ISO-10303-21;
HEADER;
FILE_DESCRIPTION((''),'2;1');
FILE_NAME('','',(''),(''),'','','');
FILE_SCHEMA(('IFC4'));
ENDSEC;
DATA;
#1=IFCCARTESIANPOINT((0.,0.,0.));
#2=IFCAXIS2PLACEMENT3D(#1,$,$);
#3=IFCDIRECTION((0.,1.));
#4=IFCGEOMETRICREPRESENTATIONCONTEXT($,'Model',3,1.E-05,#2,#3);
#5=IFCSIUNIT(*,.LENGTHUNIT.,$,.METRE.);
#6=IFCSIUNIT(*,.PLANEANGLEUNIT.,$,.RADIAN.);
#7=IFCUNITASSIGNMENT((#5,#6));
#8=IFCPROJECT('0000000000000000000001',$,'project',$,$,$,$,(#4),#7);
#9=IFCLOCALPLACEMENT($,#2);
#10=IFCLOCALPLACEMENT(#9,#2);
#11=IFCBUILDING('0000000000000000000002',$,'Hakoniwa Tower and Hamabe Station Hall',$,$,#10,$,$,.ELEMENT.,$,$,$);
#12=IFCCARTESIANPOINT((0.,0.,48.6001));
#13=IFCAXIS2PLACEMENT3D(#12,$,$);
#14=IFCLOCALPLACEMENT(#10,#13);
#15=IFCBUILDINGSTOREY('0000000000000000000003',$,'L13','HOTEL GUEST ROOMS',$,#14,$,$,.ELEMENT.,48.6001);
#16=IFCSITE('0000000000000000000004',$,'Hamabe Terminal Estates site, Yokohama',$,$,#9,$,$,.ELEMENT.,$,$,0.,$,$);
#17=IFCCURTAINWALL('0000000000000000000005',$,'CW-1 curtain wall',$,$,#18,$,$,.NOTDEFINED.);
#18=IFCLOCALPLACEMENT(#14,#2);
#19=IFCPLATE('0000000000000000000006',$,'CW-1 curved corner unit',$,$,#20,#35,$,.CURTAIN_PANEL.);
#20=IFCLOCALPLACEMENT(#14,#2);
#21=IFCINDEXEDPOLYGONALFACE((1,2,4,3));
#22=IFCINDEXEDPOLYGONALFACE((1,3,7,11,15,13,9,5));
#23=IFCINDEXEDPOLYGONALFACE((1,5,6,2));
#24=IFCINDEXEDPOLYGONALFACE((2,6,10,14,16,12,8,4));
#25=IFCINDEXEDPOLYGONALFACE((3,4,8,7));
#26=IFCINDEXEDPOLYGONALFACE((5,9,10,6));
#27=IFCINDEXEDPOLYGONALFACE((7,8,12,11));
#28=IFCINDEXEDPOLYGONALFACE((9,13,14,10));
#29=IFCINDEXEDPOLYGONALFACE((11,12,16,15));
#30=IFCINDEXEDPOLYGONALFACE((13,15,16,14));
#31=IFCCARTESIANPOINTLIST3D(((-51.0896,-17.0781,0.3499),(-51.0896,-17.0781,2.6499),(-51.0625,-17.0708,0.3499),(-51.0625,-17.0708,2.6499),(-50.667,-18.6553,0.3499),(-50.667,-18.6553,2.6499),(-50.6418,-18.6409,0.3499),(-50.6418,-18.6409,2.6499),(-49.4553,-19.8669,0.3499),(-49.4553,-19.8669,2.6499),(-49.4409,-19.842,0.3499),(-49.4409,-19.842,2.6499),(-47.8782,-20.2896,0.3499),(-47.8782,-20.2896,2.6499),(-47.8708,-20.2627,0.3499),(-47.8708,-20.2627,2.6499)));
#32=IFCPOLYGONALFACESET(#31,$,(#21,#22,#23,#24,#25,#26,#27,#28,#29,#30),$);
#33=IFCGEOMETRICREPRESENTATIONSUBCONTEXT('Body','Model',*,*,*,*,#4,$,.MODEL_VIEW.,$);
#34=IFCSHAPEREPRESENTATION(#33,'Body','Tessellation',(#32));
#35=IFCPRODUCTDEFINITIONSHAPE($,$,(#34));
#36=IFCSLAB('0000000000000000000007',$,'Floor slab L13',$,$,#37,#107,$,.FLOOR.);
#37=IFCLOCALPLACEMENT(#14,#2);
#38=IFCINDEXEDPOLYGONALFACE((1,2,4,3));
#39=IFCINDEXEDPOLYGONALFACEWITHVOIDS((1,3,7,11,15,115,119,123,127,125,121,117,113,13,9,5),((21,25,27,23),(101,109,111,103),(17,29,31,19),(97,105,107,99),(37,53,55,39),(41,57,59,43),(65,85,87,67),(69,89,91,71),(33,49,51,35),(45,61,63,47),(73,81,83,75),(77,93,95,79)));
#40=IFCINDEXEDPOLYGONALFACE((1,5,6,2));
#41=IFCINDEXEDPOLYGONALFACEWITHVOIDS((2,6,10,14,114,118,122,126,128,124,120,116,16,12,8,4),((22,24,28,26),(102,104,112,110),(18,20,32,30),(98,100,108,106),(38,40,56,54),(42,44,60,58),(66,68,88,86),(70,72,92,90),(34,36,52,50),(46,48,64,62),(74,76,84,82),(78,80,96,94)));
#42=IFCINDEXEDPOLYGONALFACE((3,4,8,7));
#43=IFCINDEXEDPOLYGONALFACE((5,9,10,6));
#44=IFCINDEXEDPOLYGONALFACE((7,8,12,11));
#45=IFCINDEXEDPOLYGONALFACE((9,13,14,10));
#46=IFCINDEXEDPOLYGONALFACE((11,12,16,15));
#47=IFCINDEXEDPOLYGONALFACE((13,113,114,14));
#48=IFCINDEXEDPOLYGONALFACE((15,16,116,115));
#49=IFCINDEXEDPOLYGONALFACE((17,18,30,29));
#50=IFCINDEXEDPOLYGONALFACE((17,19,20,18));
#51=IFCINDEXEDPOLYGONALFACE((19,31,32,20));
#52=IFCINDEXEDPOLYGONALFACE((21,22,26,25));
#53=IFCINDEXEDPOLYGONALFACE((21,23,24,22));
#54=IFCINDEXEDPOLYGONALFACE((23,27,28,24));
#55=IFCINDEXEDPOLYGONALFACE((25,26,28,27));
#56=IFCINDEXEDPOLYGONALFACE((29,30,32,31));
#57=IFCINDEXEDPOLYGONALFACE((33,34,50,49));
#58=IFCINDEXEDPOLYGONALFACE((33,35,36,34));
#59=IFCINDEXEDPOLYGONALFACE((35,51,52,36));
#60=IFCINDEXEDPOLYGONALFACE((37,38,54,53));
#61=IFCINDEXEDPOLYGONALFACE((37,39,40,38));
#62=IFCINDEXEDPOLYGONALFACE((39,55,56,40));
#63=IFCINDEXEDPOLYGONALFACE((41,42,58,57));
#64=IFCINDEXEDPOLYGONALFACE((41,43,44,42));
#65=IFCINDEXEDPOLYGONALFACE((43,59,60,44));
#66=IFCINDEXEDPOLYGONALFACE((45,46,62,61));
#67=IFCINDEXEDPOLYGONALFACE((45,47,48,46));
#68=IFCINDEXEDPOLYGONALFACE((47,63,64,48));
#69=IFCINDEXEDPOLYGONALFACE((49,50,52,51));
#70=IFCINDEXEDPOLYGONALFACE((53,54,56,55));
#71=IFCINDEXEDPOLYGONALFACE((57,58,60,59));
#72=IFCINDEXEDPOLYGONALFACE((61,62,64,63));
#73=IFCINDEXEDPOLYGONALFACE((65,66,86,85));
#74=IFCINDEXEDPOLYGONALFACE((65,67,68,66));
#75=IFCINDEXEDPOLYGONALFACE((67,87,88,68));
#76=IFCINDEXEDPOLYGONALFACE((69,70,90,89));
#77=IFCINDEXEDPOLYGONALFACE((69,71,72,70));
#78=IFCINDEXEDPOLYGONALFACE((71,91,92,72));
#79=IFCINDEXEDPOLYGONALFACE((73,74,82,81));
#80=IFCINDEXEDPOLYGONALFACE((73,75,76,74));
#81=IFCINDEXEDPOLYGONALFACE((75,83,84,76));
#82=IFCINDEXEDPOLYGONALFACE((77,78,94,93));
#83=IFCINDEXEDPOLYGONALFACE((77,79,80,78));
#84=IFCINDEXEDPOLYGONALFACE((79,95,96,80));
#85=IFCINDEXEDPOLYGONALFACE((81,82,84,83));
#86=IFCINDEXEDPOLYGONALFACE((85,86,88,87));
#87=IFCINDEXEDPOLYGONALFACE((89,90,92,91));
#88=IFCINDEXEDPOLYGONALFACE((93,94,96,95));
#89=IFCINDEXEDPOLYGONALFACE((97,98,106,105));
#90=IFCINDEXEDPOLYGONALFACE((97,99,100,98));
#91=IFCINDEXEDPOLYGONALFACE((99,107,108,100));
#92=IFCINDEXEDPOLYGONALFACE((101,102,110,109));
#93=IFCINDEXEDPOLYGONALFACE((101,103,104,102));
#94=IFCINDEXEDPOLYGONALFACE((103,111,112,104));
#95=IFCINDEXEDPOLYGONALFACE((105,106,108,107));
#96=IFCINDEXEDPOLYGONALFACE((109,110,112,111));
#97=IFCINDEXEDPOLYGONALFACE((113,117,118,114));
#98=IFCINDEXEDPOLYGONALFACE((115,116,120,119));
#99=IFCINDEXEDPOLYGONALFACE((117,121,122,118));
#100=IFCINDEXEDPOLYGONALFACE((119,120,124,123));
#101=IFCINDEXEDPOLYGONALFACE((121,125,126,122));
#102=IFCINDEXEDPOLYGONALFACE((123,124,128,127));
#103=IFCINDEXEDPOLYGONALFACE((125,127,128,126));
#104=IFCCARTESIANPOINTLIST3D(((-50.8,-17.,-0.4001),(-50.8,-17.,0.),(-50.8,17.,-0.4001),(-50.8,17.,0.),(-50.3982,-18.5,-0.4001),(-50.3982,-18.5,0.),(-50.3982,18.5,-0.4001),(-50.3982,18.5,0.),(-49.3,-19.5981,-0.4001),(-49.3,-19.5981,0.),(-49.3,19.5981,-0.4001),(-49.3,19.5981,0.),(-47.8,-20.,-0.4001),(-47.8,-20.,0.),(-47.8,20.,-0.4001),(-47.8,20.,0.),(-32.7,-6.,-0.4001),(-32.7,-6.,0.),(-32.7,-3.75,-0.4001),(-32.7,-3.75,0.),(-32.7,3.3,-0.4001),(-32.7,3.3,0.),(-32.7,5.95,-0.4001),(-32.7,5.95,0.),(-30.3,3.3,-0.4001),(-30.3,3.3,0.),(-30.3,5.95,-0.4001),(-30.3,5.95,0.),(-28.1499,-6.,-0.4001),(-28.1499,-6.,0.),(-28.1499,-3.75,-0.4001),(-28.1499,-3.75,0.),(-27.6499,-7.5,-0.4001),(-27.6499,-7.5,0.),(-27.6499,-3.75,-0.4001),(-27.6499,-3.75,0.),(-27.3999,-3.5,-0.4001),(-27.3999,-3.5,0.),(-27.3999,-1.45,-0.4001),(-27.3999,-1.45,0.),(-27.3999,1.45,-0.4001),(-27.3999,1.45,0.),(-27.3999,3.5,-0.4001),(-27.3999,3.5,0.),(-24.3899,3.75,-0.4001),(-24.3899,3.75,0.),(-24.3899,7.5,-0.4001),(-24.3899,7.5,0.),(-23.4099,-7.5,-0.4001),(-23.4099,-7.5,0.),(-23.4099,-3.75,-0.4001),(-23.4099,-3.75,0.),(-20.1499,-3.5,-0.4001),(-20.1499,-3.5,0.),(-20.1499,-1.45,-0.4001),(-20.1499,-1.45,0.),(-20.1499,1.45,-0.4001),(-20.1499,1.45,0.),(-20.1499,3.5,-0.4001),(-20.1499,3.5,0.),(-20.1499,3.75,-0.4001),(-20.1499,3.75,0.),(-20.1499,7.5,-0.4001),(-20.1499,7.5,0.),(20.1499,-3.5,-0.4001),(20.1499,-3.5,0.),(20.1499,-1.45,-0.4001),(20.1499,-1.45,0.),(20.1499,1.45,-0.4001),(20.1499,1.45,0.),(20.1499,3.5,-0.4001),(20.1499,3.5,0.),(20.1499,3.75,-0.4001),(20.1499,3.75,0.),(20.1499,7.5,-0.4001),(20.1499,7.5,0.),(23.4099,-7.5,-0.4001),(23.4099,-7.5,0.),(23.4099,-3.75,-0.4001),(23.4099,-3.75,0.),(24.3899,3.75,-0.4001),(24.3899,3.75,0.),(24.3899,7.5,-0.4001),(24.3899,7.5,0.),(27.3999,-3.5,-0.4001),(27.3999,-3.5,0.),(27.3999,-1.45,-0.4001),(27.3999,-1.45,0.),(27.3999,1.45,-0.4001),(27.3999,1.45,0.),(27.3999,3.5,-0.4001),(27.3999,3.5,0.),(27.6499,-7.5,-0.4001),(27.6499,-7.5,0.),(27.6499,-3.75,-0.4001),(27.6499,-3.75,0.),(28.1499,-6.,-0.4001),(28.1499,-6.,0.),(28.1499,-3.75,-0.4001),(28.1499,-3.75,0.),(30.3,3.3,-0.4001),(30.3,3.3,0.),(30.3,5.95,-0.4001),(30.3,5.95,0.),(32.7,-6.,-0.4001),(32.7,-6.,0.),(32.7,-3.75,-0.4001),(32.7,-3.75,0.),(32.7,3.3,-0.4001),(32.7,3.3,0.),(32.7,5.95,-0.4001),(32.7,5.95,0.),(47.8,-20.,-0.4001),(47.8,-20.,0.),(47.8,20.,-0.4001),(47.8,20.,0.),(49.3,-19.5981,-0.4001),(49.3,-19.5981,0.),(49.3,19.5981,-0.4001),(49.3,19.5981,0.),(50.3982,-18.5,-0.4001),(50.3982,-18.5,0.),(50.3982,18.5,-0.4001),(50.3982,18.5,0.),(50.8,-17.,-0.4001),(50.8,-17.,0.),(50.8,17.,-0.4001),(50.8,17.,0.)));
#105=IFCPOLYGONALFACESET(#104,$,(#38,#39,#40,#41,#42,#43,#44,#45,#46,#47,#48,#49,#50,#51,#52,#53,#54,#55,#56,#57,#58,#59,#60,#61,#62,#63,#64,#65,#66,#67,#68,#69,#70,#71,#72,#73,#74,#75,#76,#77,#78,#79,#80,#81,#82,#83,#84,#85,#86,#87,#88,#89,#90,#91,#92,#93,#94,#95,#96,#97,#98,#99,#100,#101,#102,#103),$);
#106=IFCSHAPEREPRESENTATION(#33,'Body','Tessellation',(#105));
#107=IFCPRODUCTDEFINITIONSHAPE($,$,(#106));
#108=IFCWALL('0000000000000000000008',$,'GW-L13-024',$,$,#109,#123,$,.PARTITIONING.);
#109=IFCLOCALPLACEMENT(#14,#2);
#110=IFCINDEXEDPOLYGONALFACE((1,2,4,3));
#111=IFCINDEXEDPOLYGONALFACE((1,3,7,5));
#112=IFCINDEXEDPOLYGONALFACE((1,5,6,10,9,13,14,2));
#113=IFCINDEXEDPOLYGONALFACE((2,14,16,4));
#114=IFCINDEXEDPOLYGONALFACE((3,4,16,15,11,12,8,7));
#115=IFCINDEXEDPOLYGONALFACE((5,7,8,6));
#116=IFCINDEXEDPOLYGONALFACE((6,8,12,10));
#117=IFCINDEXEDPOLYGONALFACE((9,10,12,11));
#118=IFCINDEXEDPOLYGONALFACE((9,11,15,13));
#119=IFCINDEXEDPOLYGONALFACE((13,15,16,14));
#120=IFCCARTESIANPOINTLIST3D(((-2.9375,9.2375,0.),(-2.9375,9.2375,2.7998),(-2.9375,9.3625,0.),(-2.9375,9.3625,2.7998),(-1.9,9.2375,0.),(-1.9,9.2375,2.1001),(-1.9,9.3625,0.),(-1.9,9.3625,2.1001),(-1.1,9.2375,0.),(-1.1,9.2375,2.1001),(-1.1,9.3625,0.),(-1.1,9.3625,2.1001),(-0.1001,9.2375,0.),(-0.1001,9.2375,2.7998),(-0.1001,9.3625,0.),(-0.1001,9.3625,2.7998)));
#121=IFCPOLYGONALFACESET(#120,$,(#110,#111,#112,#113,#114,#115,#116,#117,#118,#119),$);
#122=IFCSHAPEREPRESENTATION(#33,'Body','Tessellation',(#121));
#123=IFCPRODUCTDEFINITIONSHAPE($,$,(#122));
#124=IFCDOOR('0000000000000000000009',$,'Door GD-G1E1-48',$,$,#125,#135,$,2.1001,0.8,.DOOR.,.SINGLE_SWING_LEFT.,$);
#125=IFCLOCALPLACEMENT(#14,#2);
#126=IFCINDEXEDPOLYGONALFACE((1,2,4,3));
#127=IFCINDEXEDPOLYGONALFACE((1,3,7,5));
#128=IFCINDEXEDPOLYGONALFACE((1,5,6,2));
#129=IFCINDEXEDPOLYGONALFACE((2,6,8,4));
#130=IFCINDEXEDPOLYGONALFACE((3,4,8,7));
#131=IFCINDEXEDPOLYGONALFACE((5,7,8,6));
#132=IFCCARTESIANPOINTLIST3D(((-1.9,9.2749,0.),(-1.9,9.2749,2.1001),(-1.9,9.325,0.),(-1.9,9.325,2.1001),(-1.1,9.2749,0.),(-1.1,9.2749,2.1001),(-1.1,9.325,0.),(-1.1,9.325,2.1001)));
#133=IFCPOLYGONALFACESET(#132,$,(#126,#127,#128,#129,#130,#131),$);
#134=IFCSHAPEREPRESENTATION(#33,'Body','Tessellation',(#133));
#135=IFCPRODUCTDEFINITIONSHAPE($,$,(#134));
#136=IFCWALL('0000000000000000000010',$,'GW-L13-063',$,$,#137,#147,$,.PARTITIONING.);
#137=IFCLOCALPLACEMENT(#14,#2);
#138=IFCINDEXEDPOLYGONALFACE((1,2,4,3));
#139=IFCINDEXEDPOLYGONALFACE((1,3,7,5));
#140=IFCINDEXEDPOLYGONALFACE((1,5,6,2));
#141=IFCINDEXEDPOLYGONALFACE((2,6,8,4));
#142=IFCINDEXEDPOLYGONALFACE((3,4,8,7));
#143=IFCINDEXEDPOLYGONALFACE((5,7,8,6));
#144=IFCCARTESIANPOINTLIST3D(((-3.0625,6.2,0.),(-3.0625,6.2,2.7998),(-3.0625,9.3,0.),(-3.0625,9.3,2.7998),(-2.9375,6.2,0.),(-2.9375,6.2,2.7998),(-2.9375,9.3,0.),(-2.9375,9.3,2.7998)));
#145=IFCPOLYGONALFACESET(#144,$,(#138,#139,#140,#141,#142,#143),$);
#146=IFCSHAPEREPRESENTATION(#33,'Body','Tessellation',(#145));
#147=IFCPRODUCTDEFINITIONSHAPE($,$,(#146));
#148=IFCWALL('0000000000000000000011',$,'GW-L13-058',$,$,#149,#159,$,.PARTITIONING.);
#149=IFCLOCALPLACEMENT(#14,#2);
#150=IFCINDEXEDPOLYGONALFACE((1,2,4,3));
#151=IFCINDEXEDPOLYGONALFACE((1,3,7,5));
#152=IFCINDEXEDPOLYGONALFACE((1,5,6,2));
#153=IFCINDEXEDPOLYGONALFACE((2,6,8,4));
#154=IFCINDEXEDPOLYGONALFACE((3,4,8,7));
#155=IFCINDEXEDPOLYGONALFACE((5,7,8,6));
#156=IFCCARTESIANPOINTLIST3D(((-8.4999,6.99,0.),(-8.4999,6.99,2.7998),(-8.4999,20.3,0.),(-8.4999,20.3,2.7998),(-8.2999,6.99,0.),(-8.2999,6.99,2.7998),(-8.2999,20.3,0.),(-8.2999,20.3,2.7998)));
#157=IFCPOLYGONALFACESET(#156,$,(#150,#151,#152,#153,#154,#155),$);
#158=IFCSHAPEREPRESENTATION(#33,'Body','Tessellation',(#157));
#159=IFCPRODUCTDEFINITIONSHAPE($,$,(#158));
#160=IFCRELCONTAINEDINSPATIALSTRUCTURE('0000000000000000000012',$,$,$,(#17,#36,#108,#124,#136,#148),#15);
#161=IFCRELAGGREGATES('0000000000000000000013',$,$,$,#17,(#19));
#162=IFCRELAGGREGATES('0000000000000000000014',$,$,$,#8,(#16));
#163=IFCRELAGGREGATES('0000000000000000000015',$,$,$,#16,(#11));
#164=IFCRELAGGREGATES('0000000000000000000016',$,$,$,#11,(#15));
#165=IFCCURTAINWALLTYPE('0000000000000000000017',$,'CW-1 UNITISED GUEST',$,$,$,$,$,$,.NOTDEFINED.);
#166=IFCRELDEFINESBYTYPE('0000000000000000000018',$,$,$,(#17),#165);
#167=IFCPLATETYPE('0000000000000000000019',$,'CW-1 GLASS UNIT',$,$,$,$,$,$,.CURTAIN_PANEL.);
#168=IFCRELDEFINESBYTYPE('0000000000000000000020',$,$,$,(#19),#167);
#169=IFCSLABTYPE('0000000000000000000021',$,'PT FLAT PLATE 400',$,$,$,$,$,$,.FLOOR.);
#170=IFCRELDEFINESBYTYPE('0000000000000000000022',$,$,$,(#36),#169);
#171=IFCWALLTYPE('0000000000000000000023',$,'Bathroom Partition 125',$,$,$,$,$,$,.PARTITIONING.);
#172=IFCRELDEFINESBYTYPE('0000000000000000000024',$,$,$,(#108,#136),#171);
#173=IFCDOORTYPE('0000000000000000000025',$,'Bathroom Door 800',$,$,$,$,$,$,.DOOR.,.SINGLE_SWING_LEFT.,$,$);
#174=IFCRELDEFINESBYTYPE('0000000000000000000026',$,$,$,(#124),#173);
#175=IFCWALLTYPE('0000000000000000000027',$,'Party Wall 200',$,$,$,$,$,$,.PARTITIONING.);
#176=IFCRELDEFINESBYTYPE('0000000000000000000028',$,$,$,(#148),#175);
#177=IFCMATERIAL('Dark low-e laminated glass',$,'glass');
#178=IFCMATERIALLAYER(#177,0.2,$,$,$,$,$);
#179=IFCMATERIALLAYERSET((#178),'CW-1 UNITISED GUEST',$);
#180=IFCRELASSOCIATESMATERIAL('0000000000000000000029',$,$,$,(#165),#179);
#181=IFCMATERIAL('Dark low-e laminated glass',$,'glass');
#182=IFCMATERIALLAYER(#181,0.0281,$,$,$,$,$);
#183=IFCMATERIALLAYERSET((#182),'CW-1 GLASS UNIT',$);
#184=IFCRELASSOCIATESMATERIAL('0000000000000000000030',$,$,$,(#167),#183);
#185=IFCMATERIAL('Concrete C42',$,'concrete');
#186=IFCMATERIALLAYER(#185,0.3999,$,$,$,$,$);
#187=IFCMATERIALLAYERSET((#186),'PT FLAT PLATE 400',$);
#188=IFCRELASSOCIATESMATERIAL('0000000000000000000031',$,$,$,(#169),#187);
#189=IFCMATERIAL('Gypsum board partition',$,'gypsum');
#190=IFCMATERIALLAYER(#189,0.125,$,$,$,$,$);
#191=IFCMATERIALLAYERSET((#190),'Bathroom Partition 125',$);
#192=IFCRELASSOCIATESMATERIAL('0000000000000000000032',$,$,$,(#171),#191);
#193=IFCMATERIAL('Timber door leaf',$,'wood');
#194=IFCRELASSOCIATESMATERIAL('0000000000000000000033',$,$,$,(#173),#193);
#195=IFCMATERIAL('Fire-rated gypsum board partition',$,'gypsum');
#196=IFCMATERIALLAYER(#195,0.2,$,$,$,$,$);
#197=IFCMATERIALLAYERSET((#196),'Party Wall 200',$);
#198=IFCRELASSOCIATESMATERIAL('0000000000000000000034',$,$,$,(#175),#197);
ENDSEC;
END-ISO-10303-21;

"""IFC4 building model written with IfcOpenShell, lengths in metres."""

from ifc_helpers import new_model, si_unit, direction, frame, frame_2d, origin, place, context, subcontext, project, spatial, polyline, rectangle, outline, extrude, material, layer, layer_set, type_object, element, fill, aggregate, save


model = new_model("IFC4")

# Units and contexts
model_context = context("Model", 3, precision=1e-05, world=origin(), true_north=direction((0.0, 1.0)))
body_context = subcontext(model_context, "Body", "Model", "MODEL_VIEW")
ifc_project = project(units=[si_unit("LENGTHUNIT", "METRE"), si_unit("PLANEANGLEUNIT", "RADIAN")], contexts=[model_context])

# Site, building, storey
site_placement = place(None, origin())
site = spatial("IfcSite", under=ifc_project, at=site_placement, Name="Hamabe Terminal Estates site, Yokohama", CompositionType="ELEMENT", RefElevation=0.0)
building_placement = place(site_placement, origin())
building = spatial("IfcBuilding", under=site, at=building_placement, Name="Hakoniwa Tower and Hamabe Station Hall", CompositionType="ELEMENT")
storey_placement = place(building_placement, frame((0.0, 0.0, 48.6001)))
storey = spatial("IfcBuildingStorey", under=building, at=storey_placement, Name="L13", Description="HOTEL GUEST ROOMS", CompositionType="ELEMENT", Elevation=48.6001)

# Curtain wall
ifc_material_1 = material(Name="Dark low-e laminated glass", Category="glass")
ifc_layer_1 = layer(ifc_material_1, 0.2)
ifc_layer_set_1 = layer_set([ifc_layer_1], Name="CW-1 UNITISED GUEST")
curtain_wall_type = type_object("IfcCurtainWallType", Name="CW-1 UNITISED GUEST", PredefinedType="NOTDEFINED", material=ifc_layer_set_1)
curtain_wall_1_placement = place(storey_placement, origin())
curtain_wall_1 = element("IfcCurtainWall", 1, at=curtain_wall_1_placement, inside=storey, type_object=curtain_wall_type, Name="CW-1 curtain wall", PredefinedType="NOTDEFINED")

# Plate
ifc_material_2 = material(Name="Dark low-e laminated glass", Category="glass")
ifc_layer_2 = layer(ifc_material_2, 0.0281)
ifc_layer_set_2 = layer_set([ifc_layer_2], Name="CW-1 GLASS UNIT")
plate_type = type_object("IfcPlateType", Name="CW-1 GLASS UNIT", PredefinedType="CURTAIN_PANEL", material=ifc_layer_set_2)
plate_1_placement = place(storey_placement, frame((0.0, 0.0, 0.3499)))
plate_1 = element("IfcPlate", 2, at=plate_1_placement, type_object=plate_type, Name="CW-1 curved corner unit", PredefinedType="CURTAIN_PANEL", context=body_context, shape_type="SweptSolid", body=[
    extrude(outline(polyline([(-51.0896, -17.0781), (-50.667, -18.6553), (-49.4553, -19.8669), (-47.8782, -20.2896), (-47.8708, -20.2627), (-49.4409, -19.842), (-50.6418, -18.6409), (-51.0625, -17.0708), (-51.0896, -17.0781)])), origin(), (0.0, 0.0, 1.0), 2.3),
])
aggregate(curtain_wall_1, [plate_1])

# Slab
ifc_material_3 = material(Name="Concrete C42", Category="concrete")
ifc_layer_3 = layer(ifc_material_3, 0.3999)
ifc_layer_set_3 = layer_set([ifc_layer_3], Name="PT FLAT PLATE 400")
slab_type = type_object("IfcSlabType", Name="PT FLAT PLATE 400", PredefinedType="FLOOR", material=ifc_layer_set_3)
slab_placement = place(storey_placement, frame((0.0, 0.0, -0.4001)))
element("IfcSlab", 3, at=slab_placement, inside=storey, type_object=slab_type, Name="Floor slab L13", PredefinedType="FLOOR", context=body_context, shape_type="SweptSolid", body=[
    extrude(outline(polyline([(50.8, -17.0), (50.8, 17.0), (50.3982, 18.5), (49.3, 19.5981), (47.8, 20.0), (-47.8, 20.0), (-49.3, 19.5981), (-50.3982, 18.5), (-50.8, 17.0), (-50.8, -17.0), (-50.3982, -18.5), (-49.3, -19.5981), (-47.8, -20.0), (47.8, -20.0), (49.3, -19.5981), (50.3982, -18.5), (50.8, -17.0)]), holes=[polyline([(-27.3999, 1.45), (-27.3999, 3.5), (-20.1499, 3.5), (-20.1499, 1.45), (-27.3999, 1.45)]), polyline([(-27.3999, -3.5), (-27.3999, -1.45), (-20.1499, -1.45), (-20.1499, -3.5), (-27.3999, -3.5)]), polyline([(-32.7, 3.3), (-32.7, 5.95), (-30.3, 5.95), (-30.3, 3.3), (-32.7, 3.3)]), polyline([(-32.7, -6.0), (-32.7, -3.75), (-28.1499, -3.75), (-28.1499, -6.0), (-32.7, -6.0)]), polyline([(-24.3899, 3.75), (-24.3899, 7.5), (-20.1499, 7.5), (-20.1499, 3.75), (-24.3899, 3.75)]), polyline([(-27.6499, -7.5), (-27.6499, -3.75), (-23.4099, -3.75), (-23.4099, -7.5), (-27.6499, -7.5)]), polyline([(20.1499, 1.45), (20.1499, 3.5), (27.3999, 3.5), (27.3999, 1.45), (20.1499, 1.45)]), polyline([(20.1499, -3.5), (20.1499, -1.45), (27.3999, -1.45), (27.3999, -3.5), (20.1499, -3.5)]), polyline([(30.3, 3.3), (30.3, 5.95), (32.7, 5.95), (32.7, 3.3), (30.3, 3.3)]), polyline([(28.1499, -6.0), (28.1499, -3.75), (32.7, -3.75), (32.7, -6.0), (28.1499, -6.0)]), polyline([(20.1499, 3.75), (20.1499, 7.5), (24.3899, 7.5), (24.3899, 3.75), (20.1499, 3.75)]), polyline([(23.4099, -7.5), (23.4099, -3.75), (27.6499, -3.75), (27.6499, -7.5), (23.4099, -7.5)])]), origin(), (0.0, 0.0, 1.0), 0.4001),
])

# Wall, opening, door
ifc_material_4 = material(Name="Gypsum board partition", Category="gypsum")
ifc_layer_4 = layer(ifc_material_4, 0.125)
ifc_layer_set_4 = layer_set([ifc_layer_4], Name="Bathroom Partition 125")
wall_type_1 = type_object("IfcWallType", Name="Bathroom Partition 125", PredefinedType="PARTITIONING", material=ifc_layer_set_4)
wall_1_placement = place(storey_placement, frame((-2.9375, 9.3, 0.0), z_axis=(0.0, 0.0, 1.0), x_axis=(1.0, 0.0, 0.0)))
wall_1 = element("IfcWall", 4, at=wall_1_placement, inside=storey, type_object=wall_type_1, Name="GW-L13-024", PredefinedType="PARTITIONING", context=body_context, shape_type="SweptSolid", body=[
    extrude(rectangle(XDim=2.8374, YDim=0.125, at=frame_2d((1.4187, 0.0))), origin(), (0.0, 0.0, 1.0), 2.7998),
])
opening_1_placement = place(wall_1_placement, frame((1.0376, 0.0, 0.0)))
opening_1 = element("IfcOpeningElement", 5, at=opening_1_placement, cuts=wall_1, PredefinedType="OPENING", context=body_context, shape_type="SweptSolid", body=[
    extrude(rectangle(XDim=0.8, YDim=2.1001, at=frame_2d((0.3999, 1.05))), frame((0.0, 0.0725, 0.0), z_axis=(0.0, -1.0, 0.0), x_axis=(1.0, 0.0, 0.0)), (0.0, 0.0, 1.0), 0.145),
])
ifc_material_5 = material(Name="Timber door leaf", Category="wood")
door_type_1 = type_object("IfcDoorType", Name="Bathroom Door 800", OperationType="SINGLE_SWING_LEFT", PredefinedType="DOOR", material=ifc_material_5)
door_1_placement = place(opening_1_placement, origin())
door_1 = element("IfcDoor", 6, at=door_1_placement, inside=storey, type_object=door_type_1, Name="Door GD-G1E1-48", OperationType="SINGLE_SWING_LEFT", OverallHeight=2.1001, OverallWidth=0.8, PredefinedType="DOOR", context=body_context, shape_type="SweptSolid", body=[
    extrude(rectangle(XDim=0.8, YDim=2.1001, at=frame_2d((0.3999, 1.05))), frame((0.0, 0.0249, 0.0), z_axis=(0.0, -1.0, 0.0), x_axis=(1.0, 0.0, 0.0)), (0.0, 0.0, 1.0), 0.05),
])
fill(opening_1, door_1)

# Walls
wall_2_placement = place(storey_placement, frame((-3.0, 6.2, 0.0), z_axis=(0.0, 0.0, 1.0), x_axis=(0.0, 1.0, 0.0)))
element("IfcWall", 7, at=wall_2_placement, inside=storey, type_object=wall_type_1, Name="GW-L13-063", PredefinedType="PARTITIONING", context=body_context, shape_type="SweptSolid", body=[
    extrude(rectangle(XDim=3.1001, YDim=0.125, at=frame_2d((1.55, 0.0))), origin(), (0.0, 0.0, 1.0), 2.7998),
])
ifc_material_6 = material(Name="Fire-rated gypsum board partition", Category="gypsum")
ifc_layer_5 = layer(ifc_material_6, 0.2)
ifc_layer_set_5 = layer_set([ifc_layer_5], Name="Party Wall 200")
wall_type_2 = type_object("IfcWallType", Name="Party Wall 200", PredefinedType="PARTITIONING", material=ifc_layer_set_5)
wall_3_placement = place(storey_placement, frame((-8.3999, 6.99, 0.0), z_axis=(0.0, 0.0, 1.0), x_axis=(0.0, 1.0, 0.0)))
element("IfcWall", 8, at=wall_3_placement, inside=storey, type_object=wall_type_2, Name="GW-L13-058", PredefinedType="PARTITIONING", context=body_context, shape_type="SweptSolid", body=[
    extrude(rectangle(XDim=13.3101, YDim=0.2, at=frame_2d((6.655, 0.0))), origin(), (0.0, 0.0, 1.0), 2.7998),
])

save(model, "model.ifc")
